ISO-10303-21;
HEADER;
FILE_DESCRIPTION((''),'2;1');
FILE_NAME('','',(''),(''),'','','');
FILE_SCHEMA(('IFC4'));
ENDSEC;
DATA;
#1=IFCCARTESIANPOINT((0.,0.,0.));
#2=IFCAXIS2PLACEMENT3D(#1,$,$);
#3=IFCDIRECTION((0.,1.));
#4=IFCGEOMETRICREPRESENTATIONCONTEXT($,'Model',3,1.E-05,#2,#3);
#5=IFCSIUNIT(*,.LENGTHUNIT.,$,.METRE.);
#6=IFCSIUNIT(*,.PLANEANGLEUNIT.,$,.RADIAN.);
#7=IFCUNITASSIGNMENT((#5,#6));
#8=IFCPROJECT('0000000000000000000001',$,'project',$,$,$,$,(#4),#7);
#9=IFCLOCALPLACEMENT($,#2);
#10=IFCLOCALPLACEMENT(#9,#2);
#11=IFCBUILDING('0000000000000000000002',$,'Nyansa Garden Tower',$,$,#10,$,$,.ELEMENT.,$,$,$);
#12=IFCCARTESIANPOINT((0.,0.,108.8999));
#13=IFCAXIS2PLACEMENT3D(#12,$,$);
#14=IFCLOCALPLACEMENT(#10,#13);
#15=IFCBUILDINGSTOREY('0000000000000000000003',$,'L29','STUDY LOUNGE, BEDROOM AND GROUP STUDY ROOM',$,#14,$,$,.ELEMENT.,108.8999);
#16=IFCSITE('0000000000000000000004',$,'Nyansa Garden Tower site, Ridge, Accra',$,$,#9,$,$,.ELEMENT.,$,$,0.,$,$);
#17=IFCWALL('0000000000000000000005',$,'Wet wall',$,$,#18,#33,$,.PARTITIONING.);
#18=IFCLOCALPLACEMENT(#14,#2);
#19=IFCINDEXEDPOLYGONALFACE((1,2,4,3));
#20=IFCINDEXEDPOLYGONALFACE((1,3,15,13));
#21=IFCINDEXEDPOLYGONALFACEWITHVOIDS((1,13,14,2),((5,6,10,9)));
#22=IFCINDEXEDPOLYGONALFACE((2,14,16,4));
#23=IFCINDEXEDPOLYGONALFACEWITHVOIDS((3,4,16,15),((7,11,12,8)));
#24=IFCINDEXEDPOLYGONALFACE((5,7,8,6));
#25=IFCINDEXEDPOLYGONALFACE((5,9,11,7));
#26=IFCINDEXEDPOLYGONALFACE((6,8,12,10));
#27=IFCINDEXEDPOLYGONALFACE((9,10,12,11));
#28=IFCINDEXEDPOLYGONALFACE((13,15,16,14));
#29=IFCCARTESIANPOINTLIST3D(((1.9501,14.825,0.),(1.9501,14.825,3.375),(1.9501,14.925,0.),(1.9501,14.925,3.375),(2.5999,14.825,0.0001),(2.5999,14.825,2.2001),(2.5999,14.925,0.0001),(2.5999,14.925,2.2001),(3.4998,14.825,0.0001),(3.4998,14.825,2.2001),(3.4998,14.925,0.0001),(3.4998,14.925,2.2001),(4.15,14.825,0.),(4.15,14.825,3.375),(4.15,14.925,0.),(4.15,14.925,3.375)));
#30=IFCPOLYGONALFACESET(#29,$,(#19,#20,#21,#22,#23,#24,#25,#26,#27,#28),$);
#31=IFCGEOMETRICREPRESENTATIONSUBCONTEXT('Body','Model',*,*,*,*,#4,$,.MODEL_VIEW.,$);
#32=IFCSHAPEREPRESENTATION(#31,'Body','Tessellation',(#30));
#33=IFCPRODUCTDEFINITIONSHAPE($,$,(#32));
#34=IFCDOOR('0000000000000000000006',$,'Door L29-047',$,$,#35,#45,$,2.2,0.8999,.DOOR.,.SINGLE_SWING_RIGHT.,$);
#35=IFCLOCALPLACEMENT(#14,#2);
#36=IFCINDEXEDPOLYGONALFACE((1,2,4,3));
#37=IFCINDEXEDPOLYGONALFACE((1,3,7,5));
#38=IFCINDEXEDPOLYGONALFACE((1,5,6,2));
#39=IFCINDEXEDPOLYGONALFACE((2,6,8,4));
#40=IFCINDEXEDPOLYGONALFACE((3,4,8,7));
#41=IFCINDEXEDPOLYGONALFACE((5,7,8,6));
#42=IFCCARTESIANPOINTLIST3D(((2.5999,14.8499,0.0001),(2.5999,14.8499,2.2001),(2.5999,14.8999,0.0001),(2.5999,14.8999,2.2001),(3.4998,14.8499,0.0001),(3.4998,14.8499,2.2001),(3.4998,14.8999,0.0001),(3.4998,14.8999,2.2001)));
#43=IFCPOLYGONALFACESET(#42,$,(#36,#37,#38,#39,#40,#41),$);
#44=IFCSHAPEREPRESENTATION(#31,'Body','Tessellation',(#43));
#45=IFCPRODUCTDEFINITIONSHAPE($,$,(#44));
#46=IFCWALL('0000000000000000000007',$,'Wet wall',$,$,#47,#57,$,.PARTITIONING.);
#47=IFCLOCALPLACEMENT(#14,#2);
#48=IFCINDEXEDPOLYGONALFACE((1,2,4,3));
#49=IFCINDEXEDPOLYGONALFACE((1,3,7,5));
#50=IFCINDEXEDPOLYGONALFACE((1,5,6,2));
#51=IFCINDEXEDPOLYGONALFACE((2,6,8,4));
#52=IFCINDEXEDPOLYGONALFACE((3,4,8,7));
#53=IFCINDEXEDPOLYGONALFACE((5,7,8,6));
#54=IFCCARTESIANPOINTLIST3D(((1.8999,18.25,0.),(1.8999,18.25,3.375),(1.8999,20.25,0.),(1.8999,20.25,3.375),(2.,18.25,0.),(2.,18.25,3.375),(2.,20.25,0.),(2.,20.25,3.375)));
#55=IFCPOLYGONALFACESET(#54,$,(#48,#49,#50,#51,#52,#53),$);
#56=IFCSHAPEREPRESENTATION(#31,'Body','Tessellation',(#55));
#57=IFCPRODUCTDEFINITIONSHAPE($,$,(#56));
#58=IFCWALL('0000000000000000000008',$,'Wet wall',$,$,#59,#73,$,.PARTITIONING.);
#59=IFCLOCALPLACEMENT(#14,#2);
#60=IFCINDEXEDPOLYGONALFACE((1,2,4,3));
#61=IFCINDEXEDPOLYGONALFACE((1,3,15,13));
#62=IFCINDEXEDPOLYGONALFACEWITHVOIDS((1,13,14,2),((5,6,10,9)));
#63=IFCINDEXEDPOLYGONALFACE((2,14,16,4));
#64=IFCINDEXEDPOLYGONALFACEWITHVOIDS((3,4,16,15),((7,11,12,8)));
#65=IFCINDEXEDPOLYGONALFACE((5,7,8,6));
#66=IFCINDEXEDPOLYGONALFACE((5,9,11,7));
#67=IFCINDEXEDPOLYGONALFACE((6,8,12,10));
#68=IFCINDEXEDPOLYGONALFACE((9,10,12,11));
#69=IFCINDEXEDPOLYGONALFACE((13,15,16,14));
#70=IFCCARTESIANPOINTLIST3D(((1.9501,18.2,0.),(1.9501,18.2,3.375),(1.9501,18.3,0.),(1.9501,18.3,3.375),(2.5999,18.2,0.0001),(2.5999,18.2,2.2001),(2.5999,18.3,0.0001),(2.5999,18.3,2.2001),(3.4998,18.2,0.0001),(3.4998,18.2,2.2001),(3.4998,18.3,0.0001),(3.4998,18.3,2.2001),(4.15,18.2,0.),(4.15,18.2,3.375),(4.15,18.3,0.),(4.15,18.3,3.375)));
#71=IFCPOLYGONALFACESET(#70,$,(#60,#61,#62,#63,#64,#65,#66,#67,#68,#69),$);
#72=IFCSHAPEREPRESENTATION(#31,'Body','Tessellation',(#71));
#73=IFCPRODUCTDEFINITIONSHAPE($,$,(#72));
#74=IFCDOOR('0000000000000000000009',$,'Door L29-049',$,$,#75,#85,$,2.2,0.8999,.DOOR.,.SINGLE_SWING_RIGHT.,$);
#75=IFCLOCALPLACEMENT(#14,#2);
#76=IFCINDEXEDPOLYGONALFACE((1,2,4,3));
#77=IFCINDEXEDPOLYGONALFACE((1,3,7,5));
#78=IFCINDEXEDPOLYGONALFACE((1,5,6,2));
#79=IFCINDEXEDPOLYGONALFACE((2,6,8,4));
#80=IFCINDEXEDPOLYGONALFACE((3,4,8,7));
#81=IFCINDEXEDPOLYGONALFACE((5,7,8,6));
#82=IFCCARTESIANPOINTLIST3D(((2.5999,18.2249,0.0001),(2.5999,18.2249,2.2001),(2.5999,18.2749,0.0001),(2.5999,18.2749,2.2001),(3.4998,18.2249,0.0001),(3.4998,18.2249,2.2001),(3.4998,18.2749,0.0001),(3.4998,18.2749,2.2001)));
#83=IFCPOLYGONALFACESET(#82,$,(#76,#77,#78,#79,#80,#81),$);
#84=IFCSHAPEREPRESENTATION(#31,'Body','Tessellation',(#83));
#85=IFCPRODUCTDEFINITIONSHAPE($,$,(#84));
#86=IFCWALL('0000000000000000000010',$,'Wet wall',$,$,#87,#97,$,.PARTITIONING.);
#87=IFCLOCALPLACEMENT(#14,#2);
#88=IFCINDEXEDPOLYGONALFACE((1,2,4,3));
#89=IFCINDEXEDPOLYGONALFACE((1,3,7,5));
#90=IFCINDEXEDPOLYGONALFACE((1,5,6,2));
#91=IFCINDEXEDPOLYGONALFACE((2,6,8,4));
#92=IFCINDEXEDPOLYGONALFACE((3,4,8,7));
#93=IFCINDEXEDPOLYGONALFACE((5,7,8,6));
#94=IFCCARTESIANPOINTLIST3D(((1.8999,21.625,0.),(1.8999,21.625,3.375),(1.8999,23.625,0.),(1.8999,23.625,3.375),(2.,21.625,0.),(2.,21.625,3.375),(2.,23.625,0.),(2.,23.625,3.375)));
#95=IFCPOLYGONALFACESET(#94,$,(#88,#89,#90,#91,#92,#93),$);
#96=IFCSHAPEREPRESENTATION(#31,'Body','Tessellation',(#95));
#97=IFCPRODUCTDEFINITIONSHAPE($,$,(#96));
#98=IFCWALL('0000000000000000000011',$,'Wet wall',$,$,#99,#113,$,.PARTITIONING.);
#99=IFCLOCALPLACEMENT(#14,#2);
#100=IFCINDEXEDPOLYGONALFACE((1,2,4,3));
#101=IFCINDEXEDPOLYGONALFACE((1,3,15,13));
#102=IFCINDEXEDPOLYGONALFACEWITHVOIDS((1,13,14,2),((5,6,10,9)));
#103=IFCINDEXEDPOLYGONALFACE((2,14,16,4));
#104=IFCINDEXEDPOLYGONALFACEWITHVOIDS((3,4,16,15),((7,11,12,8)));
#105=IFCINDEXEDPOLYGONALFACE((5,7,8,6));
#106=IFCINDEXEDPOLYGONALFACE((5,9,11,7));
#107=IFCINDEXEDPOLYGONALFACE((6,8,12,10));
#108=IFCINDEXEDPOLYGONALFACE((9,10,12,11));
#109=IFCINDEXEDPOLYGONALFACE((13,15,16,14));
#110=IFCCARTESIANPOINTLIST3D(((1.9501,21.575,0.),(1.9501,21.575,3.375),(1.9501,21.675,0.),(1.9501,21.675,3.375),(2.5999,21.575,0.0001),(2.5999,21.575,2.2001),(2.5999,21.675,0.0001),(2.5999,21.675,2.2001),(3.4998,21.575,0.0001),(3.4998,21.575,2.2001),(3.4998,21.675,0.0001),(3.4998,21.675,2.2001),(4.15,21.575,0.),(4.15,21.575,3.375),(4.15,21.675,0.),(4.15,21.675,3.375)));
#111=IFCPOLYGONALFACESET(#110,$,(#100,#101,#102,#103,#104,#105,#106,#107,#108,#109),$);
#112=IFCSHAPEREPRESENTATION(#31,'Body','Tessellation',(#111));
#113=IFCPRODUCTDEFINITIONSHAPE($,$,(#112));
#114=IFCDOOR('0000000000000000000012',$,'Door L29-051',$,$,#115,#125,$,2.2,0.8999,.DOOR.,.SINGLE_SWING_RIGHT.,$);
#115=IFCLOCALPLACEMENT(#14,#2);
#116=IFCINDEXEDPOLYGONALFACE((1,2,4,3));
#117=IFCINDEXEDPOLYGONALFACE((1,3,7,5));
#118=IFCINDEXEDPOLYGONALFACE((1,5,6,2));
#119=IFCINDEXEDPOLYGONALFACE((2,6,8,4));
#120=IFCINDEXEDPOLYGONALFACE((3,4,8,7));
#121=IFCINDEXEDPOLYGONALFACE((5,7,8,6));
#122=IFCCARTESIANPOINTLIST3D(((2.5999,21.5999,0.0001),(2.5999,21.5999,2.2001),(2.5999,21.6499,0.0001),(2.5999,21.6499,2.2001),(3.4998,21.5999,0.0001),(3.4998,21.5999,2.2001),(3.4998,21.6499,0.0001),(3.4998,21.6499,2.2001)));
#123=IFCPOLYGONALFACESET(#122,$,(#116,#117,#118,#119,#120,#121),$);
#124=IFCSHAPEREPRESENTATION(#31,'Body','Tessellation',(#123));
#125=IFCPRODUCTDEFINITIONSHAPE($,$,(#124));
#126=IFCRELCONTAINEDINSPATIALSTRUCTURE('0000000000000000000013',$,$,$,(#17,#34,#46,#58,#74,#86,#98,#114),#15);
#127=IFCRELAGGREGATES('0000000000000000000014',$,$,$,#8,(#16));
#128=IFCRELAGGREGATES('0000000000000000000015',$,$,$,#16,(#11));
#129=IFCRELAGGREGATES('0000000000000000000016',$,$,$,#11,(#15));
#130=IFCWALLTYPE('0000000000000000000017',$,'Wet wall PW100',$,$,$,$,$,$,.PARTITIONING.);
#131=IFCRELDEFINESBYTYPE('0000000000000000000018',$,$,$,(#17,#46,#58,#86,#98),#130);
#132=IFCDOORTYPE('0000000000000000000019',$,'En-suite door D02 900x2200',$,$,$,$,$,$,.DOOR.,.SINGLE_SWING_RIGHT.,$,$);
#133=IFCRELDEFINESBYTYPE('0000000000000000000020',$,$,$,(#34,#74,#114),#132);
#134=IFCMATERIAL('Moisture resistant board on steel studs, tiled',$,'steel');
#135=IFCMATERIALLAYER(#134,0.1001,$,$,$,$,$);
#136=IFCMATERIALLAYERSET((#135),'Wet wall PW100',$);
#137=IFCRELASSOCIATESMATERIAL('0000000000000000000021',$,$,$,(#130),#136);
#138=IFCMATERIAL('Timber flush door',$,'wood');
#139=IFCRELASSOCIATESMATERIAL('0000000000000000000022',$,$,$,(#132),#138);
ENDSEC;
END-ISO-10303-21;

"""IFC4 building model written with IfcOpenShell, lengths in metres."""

from ifc_helpers import new_model, si_unit, direction, frame, frame_2d, origin, place, context, subcontext, project, spatial, rectangle, extrude, material, layer, layer_set, type_object, element, fill, save


model = new_model("IFC4")

# Units and contexts
model_context = context("Model", 3, precision=1e-05, world=origin(), true_north=direction((0.0, 1.0)))
body_context = subcontext(model_context, "Body", "Model", "MODEL_VIEW")
ifc_project = project(units=[si_unit("LENGTHUNIT", "METRE"), si_unit("PLANEANGLEUNIT", "RADIAN")], contexts=[model_context])

# Site, building, storey
site_placement = place(None, origin())
site = spatial("IfcSite", under=ifc_project, at=site_placement, Name="Nyansa Garden Tower site, Ridge, Accra", CompositionType="ELEMENT", RefElevation=0.0)
building_placement = place(site_placement, origin())
building = spatial("IfcBuilding", under=site, at=building_placement, Name="Nyansa Garden Tower", CompositionType="ELEMENT")
storey_placement = place(building_placement, frame((0.0, 0.0, 108.8999)))
storey = spatial("IfcBuildingStorey", under=building, at=storey_placement, Name="L29", Description="STUDY LOUNGE, BEDROOM AND GROUP STUDY ROOM", CompositionType="ELEMENT", Elevation=108.8999)

# Shared definitions
ifc_material_1 = material(Name="Moisture resistant board on steel studs, tiled", Category="steel")
ifc_layer_1 = layer(ifc_material_1, 0.1001)
ifc_layer_set_1 = layer_set([ifc_layer_1], Name="Wet wall PW100")
wall_type_1 = type_object("IfcWallType", Name="Wet wall PW100", PredefinedType="PARTITIONING", material=ifc_layer_set_1)

# Wall, opening, door
wall_1_placement = place(storey_placement, frame((1.95, 14.875, 0.0), z_axis=(0.0, 0.0, 1.0), x_axis=(1.0, 0.0, 0.0)))
wall_1 = element("IfcWall", 1, at=wall_1_placement, inside=storey, type_object=wall_type_1, Name="Wet wall", PredefinedType="PARTITIONING", context=body_context, shape_type="SweptSolid", body=[
    extrude(rectangle(XDim=2.2, YDim=0.1001, at=frame_2d((1.1001, 0.0))), origin(), (0.0, 0.0, 1.0), 3.375),
])
opening_1_placement = place(wall_1_placement, frame((0.6499, 0.0, 0.0)))
opening_1 = element("IfcOpeningElement", 2, at=opening_1_placement, cuts=wall_1, PredefinedType="OPENING", context=body_context, shape_type="SweptSolid", body=[
    extrude(rectangle(XDim=0.8999, YDim=2.2, at=frame_2d((0.45, 1.1001))), frame((0.0, 0.0601, 0.0), z_axis=(0.0, -1.0, 0.0), x_axis=(1.0, 0.0, 0.0)), (0.0, 0.0, 1.0), 0.1201),
])
ifc_material_2 = material(Name="Timber flush door", Category="wood")
door_type = type_object("IfcDoorType", Name="En-suite door D02 900x2200", OperationType="SINGLE_SWING_RIGHT", PredefinedType="DOOR", material=ifc_material_2)
door_1_placement = place(opening_1_placement, origin())
door_1 = element("IfcDoor", 3, at=door_1_placement, inside=storey, type_object=door_type, Name="Door L29-047", OperationType="SINGLE_SWING_RIGHT", OverallHeight=2.2, OverallWidth=0.8999, PredefinedType="DOOR", context=body_context, shape_type="SweptSolid", body=[
    extrude(rectangle(XDim=0.8999, YDim=2.2, at=frame_2d((0.45, 1.1001))), frame((0.0, 0.0249, 0.0), z_axis=(0.0, -1.0, 0.0), x_axis=(1.0, 0.0, 0.0)), (0.0, 0.0, 1.0), 0.05),
])
fill(opening_1, door_1)

# Wall
wall_2_placement = place(storey_placement, frame((1.95, 18.25, 0.0), z_axis=(0.0, 0.0, 1.0), x_axis=(0.0, 1.0, 0.0)))
element("IfcWall", 4, at=wall_2_placement, inside=storey, type_object=wall_type_1, Name="Wet wall", PredefinedType="PARTITIONING", context=body_context, shape_type="SweptSolid", body=[
    extrude(rectangle(XDim=2.0, YDim=0.1001, at=frame_2d((1.0, 0.0))), origin(), (0.0, 0.0, 1.0), 3.375),
])

# Wall, opening, door
wall_3_placement = place(storey_placement, frame((1.95, 18.25, 0.0), z_axis=(0.0, 0.0, 1.0), x_axis=(1.0, 0.0, 0.0)))
wall_3 = element("IfcWall", 5, at=wall_3_placement, inside=storey, type_object=wall_type_1, Name="Wet wall", PredefinedType="PARTITIONING", context=body_context, shape_type="SweptSolid", body=[
    extrude(rectangle(XDim=2.2, YDim=0.1001, at=frame_2d((1.1001, 0.0))), origin(), (0.0, 0.0, 1.0), 3.375),
])
opening_2_placement = place(wall_3_placement, frame((0.6499, 0.0, 0.0)))
opening_2 = element("IfcOpeningElement", 6, at=opening_2_placement, cuts=wall_3, PredefinedType="OPENING", context=body_context, shape_type="SweptSolid", body=[
    extrude(rectangle(XDim=0.8999, YDim=2.2, at=frame_2d((0.45, 1.1001))), frame((0.0, 0.0601, 0.0), z_axis=(0.0, -1.0, 0.0), x_axis=(1.0, 0.0, 0.0)), (0.0, 0.0, 1.0), 0.1201),
])
door_2_placement = place(opening_2_placement, origin())
door_2 = element("IfcDoor", 7, at=door_2_placement, inside=storey, type_object=door_type, Name="Door L29-049", OperationType="SINGLE_SWING_RIGHT", OverallHeight=2.2, OverallWidth=0.8999, PredefinedType="DOOR", context=body_context, shape_type="SweptSolid", body=[
    extrude(rectangle(XDim=0.8999, YDim=2.2, at=frame_2d((0.45, 1.1001))), frame((0.0, 0.0249, 0.0), z_axis=(0.0, -1.0, 0.0), x_axis=(1.0, 0.0, 0.0)), (0.0, 0.0, 1.0), 0.05),
])
fill(opening_2, door_2)

# Wall
wall_4_placement = place(storey_placement, frame((1.95, 21.625, 0.0), z_axis=(0.0, 0.0, 1.0), x_axis=(0.0, 1.0, 0.0)))
element("IfcWall", 8, at=wall_4_placement, inside=storey, type_object=wall_type_1, Name="Wet wall", PredefinedType="PARTITIONING", context=body_context, shape_type="SweptSolid", body=[
    extrude(rectangle(XDim=2.0, YDim=0.1001, at=frame_2d((1.0, 0.0))), origin(), (0.0, 0.0, 1.0), 3.375),
])

# Wall, opening, door
wall_5_placement = place(storey_placement, frame((1.95, 21.625, 0.0), z_axis=(0.0, 0.0, 1.0), x_axis=(1.0, 0.0, 0.0)))
wall_5 = element("IfcWall", 9, at=wall_5_placement, inside=storey, type_object=wall_type_1, Name="Wet wall", PredefinedType="PARTITIONING", context=body_context, shape_type="SweptSolid", body=[
    extrude(rectangle(XDim=2.2, YDim=0.1001, at=frame_2d((1.1001, 0.0))), origin(), (0.0, 0.0, 1.0), 3.375),
])
opening_3_placement = place(wall_5_placement, frame((0.6499, 0.0, 0.0)))
opening_3 = element("IfcOpeningElement", 10, at=opening_3_placement, cuts=wall_5, PredefinedType="OPENING", context=body_context, shape_type="SweptSolid", body=[
    extrude(rectangle(XDim=0.8999, YDim=2.2, at=frame_2d((0.45, 1.1001))), frame((0.0, 0.0601, 0.0), z_axis=(0.0, -1.0, 0.0), x_axis=(1.0, 0.0, 0.0)), (0.0, 0.0, 1.0), 0.1201),
])
door_3_placement = place(opening_3_placement, origin())
door_3 = element("IfcDoor", 11, at=door_3_placement, inside=storey, type_object=door_type, Name="Door L29-051", OperationType="SINGLE_SWING_RIGHT", OverallHeight=2.2, OverallWidth=0.8999, PredefinedType="DOOR", context=body_context, shape_type="SweptSolid", body=[
    extrude(rectangle(XDim=0.8999, YDim=2.2, at=frame_2d((0.45, 1.1001))), frame((0.0, 0.0249, 0.0), z_axis=(0.0, -1.0, 0.0), x_axis=(1.0, 0.0, 0.0)), (0.0, 0.0, 1.0), 0.05),
])
fill(opening_3, door_3)

save(model, "model.ifc")
